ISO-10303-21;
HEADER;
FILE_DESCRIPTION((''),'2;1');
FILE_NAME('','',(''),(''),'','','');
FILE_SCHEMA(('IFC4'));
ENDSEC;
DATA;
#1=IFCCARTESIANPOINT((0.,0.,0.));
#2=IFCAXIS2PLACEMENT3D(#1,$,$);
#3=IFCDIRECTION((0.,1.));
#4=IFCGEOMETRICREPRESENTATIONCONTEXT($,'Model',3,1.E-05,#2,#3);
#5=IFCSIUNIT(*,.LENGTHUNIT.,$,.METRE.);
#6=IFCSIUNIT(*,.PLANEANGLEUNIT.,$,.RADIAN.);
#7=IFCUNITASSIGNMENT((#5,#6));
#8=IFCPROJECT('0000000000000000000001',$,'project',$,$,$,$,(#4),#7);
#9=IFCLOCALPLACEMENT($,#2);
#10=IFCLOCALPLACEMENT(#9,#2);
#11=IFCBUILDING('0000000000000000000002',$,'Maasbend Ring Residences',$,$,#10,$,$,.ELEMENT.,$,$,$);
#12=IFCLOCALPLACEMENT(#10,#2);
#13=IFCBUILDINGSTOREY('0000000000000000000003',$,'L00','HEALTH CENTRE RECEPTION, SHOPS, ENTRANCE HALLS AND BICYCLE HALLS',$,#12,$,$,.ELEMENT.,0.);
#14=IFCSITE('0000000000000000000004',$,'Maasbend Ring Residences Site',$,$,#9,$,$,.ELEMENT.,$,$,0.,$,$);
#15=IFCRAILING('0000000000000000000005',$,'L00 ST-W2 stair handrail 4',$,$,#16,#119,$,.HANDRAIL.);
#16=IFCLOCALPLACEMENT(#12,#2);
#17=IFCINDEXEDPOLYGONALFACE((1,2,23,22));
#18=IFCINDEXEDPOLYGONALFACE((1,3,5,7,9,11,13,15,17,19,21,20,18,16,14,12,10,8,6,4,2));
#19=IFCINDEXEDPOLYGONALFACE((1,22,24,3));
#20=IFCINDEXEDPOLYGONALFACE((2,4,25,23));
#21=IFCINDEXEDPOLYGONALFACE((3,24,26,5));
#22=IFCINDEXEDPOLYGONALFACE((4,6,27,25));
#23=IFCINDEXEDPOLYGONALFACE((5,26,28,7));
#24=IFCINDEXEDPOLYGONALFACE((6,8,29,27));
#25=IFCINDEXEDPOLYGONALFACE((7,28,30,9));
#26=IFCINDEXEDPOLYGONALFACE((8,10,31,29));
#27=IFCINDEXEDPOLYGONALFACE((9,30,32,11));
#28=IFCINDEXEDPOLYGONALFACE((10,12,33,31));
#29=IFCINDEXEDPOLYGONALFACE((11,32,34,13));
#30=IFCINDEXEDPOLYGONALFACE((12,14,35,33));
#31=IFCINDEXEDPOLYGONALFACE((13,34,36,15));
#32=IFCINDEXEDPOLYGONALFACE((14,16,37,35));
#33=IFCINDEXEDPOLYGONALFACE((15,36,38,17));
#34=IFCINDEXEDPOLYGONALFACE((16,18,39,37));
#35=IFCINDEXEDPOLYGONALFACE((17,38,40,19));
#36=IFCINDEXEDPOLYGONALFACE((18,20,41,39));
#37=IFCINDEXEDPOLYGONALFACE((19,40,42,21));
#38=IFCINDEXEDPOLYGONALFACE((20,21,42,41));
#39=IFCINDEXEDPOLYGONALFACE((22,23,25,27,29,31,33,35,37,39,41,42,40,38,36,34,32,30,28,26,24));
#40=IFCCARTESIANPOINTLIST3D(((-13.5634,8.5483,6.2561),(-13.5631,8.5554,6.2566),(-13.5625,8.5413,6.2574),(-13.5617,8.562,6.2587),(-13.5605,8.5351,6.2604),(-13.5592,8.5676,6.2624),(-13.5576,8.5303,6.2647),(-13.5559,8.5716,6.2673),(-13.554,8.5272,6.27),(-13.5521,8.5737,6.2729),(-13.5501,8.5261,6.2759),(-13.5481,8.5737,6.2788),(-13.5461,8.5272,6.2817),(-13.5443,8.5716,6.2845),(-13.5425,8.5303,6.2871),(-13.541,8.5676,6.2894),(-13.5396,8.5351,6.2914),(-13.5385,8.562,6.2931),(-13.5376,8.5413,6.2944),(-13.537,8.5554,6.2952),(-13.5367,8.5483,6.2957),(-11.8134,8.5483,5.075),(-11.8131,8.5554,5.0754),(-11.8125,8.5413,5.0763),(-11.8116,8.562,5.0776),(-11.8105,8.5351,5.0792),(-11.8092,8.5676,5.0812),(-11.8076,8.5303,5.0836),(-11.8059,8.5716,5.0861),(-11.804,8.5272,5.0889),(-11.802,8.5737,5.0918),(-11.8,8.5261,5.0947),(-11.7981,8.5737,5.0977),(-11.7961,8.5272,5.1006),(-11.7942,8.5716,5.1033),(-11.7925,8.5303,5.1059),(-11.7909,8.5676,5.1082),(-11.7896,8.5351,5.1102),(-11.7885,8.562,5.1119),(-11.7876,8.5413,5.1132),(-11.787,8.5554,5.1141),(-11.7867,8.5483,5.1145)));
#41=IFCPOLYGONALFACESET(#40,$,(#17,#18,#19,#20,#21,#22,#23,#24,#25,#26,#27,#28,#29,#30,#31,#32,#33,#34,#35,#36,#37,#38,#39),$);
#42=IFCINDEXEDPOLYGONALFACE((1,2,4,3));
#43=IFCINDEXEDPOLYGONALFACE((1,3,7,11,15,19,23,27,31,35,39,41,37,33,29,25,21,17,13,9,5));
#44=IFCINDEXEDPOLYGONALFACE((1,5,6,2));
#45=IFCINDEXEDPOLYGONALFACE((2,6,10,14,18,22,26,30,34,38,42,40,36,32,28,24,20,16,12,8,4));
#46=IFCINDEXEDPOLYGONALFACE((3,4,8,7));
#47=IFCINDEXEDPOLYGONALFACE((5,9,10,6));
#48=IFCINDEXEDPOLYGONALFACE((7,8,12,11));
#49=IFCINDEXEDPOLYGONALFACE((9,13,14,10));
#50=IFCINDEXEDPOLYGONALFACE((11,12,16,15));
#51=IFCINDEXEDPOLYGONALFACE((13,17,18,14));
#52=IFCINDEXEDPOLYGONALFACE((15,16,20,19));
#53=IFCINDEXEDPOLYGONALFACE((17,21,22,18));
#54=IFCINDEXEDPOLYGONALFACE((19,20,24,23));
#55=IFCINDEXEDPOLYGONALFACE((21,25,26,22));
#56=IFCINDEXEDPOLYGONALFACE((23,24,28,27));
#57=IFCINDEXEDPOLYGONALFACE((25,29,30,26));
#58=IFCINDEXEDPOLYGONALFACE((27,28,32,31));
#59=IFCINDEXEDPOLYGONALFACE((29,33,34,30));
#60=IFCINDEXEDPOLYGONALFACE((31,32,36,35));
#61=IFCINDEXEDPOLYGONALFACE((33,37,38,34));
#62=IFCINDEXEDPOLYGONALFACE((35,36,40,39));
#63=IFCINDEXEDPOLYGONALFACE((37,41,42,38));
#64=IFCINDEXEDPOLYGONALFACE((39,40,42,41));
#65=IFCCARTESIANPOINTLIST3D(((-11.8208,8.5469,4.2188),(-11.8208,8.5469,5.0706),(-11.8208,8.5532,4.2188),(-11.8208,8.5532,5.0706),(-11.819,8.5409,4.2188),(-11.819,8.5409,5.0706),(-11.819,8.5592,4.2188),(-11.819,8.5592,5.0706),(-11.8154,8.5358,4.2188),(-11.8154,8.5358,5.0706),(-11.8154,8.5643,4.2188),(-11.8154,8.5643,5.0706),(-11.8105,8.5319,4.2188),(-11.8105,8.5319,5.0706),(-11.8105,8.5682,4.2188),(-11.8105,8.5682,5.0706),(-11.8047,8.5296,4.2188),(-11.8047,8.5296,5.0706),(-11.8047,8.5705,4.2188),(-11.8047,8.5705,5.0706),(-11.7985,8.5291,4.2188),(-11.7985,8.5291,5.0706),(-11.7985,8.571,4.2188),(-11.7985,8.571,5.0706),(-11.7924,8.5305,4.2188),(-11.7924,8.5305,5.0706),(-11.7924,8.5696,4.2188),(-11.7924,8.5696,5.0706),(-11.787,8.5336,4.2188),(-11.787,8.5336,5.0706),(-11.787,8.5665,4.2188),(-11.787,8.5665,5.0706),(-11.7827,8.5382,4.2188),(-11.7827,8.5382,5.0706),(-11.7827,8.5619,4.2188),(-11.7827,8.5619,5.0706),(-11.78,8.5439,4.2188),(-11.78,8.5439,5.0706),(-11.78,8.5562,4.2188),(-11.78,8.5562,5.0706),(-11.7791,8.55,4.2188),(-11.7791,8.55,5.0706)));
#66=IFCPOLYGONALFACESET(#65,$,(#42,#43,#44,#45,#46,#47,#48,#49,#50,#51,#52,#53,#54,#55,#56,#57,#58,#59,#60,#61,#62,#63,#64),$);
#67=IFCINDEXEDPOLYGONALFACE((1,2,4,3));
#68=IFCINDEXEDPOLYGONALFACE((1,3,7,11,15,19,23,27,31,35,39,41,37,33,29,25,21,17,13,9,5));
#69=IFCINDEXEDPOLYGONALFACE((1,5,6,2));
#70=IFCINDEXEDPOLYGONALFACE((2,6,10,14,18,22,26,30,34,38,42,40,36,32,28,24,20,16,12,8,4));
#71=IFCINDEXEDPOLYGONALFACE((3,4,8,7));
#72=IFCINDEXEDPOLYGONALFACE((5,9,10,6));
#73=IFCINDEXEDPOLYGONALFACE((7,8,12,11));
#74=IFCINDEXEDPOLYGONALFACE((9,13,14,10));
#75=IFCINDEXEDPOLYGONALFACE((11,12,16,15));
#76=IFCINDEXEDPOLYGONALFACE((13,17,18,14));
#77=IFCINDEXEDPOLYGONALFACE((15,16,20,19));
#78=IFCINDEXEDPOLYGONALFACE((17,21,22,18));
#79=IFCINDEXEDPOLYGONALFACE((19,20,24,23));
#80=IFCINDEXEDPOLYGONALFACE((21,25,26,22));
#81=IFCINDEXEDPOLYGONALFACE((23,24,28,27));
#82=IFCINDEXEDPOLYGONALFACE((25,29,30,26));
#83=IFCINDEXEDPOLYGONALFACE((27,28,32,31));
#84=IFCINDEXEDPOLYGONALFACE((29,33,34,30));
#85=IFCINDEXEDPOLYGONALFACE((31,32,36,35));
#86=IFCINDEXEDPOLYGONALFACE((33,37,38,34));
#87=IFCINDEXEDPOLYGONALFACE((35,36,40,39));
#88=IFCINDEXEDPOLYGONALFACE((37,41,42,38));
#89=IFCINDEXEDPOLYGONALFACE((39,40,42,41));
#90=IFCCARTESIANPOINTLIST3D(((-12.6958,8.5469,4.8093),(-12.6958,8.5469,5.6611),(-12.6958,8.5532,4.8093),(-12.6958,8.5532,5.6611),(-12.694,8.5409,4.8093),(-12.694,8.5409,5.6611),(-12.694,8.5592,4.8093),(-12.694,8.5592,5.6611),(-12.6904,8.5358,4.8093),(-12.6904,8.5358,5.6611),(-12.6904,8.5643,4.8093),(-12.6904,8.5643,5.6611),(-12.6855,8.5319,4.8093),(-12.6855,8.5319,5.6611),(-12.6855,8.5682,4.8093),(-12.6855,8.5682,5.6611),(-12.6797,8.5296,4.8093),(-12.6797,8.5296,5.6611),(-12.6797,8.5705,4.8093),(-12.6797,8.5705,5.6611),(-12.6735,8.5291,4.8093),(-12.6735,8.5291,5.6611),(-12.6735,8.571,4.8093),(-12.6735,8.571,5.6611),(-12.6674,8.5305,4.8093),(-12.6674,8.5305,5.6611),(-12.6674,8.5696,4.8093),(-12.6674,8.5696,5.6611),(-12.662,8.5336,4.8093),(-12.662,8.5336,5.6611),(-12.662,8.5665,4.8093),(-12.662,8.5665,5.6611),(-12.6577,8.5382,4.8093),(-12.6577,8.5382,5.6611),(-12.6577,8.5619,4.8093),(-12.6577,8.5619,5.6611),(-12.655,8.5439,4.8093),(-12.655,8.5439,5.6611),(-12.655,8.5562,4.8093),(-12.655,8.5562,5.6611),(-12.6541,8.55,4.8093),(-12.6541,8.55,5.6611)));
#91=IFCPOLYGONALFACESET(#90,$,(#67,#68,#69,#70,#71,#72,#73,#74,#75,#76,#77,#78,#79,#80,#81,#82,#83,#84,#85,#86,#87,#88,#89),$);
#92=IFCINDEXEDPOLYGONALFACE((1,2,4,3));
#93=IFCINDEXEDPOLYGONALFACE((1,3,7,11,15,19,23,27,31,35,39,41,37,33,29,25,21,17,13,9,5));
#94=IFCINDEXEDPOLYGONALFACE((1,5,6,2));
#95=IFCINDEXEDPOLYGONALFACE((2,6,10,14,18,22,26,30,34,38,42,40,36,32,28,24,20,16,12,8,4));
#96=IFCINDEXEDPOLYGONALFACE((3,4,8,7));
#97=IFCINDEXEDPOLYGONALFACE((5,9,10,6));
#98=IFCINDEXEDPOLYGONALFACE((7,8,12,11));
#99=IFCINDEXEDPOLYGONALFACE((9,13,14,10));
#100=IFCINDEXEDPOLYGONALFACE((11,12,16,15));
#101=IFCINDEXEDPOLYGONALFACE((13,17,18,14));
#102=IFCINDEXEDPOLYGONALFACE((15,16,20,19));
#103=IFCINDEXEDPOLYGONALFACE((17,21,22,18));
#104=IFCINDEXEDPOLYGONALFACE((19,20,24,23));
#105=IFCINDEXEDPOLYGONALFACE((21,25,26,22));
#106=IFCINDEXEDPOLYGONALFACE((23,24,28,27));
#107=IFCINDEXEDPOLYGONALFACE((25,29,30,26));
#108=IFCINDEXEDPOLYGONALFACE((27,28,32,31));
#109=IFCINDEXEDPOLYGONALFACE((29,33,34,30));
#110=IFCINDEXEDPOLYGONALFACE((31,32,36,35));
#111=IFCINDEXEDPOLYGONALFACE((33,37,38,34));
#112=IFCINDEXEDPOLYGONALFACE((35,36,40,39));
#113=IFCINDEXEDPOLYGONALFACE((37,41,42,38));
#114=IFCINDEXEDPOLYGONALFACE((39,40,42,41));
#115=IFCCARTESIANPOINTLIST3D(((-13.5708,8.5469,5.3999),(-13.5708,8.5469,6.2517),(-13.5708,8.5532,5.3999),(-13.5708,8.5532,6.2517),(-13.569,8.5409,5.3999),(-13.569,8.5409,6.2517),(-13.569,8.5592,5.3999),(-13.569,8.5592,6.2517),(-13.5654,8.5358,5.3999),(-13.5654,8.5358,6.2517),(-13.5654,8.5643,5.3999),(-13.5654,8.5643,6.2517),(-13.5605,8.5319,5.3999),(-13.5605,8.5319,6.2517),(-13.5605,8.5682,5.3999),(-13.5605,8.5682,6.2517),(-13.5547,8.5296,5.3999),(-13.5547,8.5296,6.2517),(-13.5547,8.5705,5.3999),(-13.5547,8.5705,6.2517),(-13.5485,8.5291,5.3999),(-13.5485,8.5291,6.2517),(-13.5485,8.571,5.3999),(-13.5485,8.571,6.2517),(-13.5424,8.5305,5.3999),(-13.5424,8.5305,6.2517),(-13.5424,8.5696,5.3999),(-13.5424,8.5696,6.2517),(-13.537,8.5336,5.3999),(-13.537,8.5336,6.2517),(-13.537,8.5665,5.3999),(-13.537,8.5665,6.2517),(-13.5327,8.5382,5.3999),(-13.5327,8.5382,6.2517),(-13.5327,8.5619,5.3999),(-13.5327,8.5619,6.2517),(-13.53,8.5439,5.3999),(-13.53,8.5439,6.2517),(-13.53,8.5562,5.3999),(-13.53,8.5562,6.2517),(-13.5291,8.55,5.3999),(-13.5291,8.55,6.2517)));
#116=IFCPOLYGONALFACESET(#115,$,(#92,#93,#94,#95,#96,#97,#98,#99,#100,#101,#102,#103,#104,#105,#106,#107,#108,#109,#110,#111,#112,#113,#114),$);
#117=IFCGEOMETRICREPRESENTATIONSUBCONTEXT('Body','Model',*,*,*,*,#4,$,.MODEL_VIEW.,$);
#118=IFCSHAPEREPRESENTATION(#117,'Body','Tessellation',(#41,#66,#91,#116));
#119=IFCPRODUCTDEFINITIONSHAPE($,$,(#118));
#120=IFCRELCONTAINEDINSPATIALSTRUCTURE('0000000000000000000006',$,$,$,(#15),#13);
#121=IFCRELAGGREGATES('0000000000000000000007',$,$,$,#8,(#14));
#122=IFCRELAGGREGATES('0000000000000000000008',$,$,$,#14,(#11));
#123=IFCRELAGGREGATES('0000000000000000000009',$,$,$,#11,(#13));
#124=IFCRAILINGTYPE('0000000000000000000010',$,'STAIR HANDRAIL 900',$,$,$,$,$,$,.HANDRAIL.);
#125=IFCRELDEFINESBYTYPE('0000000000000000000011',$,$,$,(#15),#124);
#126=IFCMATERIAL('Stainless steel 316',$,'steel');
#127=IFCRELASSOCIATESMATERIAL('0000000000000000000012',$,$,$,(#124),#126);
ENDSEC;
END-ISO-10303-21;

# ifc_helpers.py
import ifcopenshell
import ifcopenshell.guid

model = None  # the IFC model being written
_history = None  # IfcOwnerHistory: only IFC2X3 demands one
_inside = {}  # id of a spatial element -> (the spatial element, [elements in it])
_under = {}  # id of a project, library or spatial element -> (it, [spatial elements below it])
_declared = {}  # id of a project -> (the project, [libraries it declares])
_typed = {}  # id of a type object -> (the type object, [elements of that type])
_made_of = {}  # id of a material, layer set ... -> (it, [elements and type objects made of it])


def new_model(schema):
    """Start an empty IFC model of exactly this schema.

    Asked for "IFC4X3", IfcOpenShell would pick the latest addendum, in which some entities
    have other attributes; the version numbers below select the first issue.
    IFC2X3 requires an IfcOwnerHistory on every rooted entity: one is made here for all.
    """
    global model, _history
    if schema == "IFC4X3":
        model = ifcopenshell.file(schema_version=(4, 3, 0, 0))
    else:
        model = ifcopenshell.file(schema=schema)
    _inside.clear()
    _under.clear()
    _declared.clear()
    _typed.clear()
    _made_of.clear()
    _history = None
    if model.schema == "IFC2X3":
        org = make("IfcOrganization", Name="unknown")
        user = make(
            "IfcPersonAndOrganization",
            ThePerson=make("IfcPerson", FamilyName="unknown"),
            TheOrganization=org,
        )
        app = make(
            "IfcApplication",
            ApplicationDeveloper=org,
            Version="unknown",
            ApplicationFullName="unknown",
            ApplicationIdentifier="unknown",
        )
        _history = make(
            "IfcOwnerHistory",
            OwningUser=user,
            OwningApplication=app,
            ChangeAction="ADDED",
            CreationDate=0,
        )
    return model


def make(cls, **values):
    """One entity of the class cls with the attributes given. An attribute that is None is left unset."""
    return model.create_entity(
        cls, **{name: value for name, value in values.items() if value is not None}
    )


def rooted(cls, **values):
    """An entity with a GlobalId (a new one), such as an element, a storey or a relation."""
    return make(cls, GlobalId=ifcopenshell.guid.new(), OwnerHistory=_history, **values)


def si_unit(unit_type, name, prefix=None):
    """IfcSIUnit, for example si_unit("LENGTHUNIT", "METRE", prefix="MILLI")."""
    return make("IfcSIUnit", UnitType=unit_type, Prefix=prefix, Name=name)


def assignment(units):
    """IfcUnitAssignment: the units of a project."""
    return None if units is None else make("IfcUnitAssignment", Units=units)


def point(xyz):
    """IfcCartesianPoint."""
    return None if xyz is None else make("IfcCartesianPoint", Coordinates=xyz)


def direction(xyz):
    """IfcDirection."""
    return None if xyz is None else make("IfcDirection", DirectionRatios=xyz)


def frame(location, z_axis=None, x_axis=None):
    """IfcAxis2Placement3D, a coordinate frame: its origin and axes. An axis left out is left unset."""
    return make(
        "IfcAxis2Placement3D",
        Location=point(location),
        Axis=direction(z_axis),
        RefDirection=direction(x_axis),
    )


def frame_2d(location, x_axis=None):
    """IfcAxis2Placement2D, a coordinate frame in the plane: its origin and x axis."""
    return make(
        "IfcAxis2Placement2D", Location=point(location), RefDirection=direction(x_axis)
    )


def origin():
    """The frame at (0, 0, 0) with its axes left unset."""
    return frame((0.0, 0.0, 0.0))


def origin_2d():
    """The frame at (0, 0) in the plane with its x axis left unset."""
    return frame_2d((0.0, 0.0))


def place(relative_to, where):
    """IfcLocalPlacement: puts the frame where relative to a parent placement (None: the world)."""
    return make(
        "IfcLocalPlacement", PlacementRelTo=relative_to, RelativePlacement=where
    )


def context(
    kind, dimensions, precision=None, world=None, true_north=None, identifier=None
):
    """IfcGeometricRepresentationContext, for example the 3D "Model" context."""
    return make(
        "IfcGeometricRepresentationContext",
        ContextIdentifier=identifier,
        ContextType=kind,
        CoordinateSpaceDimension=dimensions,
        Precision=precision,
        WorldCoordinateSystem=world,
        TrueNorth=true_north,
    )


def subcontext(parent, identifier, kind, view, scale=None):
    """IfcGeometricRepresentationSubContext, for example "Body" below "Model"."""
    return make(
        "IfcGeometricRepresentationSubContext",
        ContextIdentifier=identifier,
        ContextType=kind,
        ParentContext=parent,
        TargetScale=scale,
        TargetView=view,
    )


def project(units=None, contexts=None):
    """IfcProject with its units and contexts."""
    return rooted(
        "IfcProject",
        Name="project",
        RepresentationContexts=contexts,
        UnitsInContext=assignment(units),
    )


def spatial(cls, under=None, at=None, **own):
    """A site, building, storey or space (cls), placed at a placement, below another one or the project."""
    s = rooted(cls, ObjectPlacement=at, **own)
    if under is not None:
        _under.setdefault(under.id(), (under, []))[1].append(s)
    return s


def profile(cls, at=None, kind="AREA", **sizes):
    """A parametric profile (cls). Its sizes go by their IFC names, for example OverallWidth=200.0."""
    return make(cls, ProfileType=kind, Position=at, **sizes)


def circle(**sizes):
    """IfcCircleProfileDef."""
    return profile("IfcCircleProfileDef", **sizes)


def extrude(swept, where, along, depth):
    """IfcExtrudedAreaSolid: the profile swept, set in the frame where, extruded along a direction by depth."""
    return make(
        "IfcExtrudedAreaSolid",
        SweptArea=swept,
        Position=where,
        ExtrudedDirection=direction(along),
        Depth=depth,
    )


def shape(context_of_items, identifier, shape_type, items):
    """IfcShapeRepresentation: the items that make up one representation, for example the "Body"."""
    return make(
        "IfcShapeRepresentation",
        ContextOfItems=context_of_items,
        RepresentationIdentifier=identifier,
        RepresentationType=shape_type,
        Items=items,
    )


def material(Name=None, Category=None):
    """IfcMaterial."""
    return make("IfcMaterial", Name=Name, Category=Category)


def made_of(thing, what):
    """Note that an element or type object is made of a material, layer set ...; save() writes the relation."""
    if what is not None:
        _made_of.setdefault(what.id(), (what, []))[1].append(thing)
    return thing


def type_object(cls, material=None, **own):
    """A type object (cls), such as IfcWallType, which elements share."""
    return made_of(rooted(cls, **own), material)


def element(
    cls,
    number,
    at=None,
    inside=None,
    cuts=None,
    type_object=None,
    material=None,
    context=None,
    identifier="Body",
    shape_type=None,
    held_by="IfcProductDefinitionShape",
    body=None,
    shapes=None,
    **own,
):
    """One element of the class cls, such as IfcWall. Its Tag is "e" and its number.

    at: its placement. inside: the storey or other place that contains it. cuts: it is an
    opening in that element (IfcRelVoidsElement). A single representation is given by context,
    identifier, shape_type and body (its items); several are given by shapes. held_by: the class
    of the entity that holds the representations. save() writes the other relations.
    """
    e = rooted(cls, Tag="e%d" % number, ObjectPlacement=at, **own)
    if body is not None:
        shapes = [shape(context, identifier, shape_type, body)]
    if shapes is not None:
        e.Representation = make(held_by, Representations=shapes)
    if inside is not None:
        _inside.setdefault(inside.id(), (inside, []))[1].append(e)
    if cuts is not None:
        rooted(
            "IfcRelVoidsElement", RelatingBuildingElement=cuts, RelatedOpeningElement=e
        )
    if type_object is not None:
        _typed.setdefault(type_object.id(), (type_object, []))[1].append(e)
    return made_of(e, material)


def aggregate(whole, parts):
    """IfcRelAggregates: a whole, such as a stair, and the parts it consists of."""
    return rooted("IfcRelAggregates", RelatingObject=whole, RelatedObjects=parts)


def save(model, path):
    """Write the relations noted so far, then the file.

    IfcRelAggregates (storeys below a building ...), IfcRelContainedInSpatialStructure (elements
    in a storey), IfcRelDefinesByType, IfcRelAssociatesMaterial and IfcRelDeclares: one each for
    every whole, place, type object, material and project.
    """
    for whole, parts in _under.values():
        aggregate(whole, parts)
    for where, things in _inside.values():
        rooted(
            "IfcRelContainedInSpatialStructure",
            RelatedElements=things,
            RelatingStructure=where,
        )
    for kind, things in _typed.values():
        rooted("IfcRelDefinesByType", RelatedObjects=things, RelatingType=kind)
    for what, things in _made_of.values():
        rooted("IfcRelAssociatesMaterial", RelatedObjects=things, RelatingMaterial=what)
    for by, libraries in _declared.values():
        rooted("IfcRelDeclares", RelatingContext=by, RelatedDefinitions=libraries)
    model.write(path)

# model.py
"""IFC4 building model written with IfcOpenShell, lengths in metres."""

from ifc_helpers import new_model, si_unit, direction, frame, origin, origin_2d, place, context, subcontext, project, spatial, circle, extrude, material, type_object, element, save


model = new_model("IFC4")

# Units and contexts
model_context = context("Model", 3, precision=1e-05, world=origin(), true_north=direction((0.0, 1.0)))
body_context = subcontext(model_context, "Body", "Model", "MODEL_VIEW")
ifc_project = project(units=[si_unit("LENGTHUNIT", "METRE"), si_unit("PLANEANGLEUNIT", "RADIAN")], contexts=[model_context])

# Site, building, storey
site_placement = place(None, origin())
site = spatial("IfcSite", under=ifc_project, at=site_placement, Name="Maasbend Ring Residences Site", CompositionType="ELEMENT", RefElevation=0.0)
building_placement = place(site_placement, origin())
building = spatial("IfcBuilding", under=site, at=building_placement, Name="Maasbend Ring Residences", CompositionType="ELEMENT")
storey_placement = place(building_placement, origin())
storey = spatial("IfcBuildingStorey", under=building, at=storey_placement, Name="L00", Description="HEALTH CENTRE RECEPTION, SHOPS, ENTRANCE HALLS AND BICYCLE HALLS", CompositionType="ELEMENT", Elevation=0.0)

# Railing
ifc_material_1 = material(Name="Stainless steel 316", Category="steel")
railing_type = type_object("IfcRailingType", Name="STAIR HANDRAIL 900", PredefinedType="HANDRAIL", material=ifc_material_1)
railing_1_placement = place(storey_placement, frame((-11.8, 8.55, 4.2188)))
element("IfcRailing", 1, at=railing_1_placement, inside=storey, type_object=railing_type, Name="L00 ST-W2 stair handrail 4", PredefinedType="HANDRAIL", context=body_context, shape_type="SweptSolid", body=[
    extrude(circle(Radius=0.0239, at=origin_2d()), frame((0.0, 0.0, 0.876), z_axis=(-0.82887, 0.0, 0.559441), x_axis=(0.0, -1.0, 0.0)), (0.0, 0.0, 1.0), 2.1113),
    extrude(circle(Radius=0.021, at=origin_2d()), origin(), (0.0, 0.0, 1.0), 0.8518),
    extrude(circle(Radius=0.021, at=origin_2d()), frame((-0.875, 0.0, 0.5906)), (0.0, 0.0, 1.0), 0.8518),
    extrude(circle(Radius=0.021, at=origin_2d()), frame((-1.75, 0.0, 1.1812)), (0.0, 0.0, 1.0), 0.8518),
])

save(model, "model.ifc")
